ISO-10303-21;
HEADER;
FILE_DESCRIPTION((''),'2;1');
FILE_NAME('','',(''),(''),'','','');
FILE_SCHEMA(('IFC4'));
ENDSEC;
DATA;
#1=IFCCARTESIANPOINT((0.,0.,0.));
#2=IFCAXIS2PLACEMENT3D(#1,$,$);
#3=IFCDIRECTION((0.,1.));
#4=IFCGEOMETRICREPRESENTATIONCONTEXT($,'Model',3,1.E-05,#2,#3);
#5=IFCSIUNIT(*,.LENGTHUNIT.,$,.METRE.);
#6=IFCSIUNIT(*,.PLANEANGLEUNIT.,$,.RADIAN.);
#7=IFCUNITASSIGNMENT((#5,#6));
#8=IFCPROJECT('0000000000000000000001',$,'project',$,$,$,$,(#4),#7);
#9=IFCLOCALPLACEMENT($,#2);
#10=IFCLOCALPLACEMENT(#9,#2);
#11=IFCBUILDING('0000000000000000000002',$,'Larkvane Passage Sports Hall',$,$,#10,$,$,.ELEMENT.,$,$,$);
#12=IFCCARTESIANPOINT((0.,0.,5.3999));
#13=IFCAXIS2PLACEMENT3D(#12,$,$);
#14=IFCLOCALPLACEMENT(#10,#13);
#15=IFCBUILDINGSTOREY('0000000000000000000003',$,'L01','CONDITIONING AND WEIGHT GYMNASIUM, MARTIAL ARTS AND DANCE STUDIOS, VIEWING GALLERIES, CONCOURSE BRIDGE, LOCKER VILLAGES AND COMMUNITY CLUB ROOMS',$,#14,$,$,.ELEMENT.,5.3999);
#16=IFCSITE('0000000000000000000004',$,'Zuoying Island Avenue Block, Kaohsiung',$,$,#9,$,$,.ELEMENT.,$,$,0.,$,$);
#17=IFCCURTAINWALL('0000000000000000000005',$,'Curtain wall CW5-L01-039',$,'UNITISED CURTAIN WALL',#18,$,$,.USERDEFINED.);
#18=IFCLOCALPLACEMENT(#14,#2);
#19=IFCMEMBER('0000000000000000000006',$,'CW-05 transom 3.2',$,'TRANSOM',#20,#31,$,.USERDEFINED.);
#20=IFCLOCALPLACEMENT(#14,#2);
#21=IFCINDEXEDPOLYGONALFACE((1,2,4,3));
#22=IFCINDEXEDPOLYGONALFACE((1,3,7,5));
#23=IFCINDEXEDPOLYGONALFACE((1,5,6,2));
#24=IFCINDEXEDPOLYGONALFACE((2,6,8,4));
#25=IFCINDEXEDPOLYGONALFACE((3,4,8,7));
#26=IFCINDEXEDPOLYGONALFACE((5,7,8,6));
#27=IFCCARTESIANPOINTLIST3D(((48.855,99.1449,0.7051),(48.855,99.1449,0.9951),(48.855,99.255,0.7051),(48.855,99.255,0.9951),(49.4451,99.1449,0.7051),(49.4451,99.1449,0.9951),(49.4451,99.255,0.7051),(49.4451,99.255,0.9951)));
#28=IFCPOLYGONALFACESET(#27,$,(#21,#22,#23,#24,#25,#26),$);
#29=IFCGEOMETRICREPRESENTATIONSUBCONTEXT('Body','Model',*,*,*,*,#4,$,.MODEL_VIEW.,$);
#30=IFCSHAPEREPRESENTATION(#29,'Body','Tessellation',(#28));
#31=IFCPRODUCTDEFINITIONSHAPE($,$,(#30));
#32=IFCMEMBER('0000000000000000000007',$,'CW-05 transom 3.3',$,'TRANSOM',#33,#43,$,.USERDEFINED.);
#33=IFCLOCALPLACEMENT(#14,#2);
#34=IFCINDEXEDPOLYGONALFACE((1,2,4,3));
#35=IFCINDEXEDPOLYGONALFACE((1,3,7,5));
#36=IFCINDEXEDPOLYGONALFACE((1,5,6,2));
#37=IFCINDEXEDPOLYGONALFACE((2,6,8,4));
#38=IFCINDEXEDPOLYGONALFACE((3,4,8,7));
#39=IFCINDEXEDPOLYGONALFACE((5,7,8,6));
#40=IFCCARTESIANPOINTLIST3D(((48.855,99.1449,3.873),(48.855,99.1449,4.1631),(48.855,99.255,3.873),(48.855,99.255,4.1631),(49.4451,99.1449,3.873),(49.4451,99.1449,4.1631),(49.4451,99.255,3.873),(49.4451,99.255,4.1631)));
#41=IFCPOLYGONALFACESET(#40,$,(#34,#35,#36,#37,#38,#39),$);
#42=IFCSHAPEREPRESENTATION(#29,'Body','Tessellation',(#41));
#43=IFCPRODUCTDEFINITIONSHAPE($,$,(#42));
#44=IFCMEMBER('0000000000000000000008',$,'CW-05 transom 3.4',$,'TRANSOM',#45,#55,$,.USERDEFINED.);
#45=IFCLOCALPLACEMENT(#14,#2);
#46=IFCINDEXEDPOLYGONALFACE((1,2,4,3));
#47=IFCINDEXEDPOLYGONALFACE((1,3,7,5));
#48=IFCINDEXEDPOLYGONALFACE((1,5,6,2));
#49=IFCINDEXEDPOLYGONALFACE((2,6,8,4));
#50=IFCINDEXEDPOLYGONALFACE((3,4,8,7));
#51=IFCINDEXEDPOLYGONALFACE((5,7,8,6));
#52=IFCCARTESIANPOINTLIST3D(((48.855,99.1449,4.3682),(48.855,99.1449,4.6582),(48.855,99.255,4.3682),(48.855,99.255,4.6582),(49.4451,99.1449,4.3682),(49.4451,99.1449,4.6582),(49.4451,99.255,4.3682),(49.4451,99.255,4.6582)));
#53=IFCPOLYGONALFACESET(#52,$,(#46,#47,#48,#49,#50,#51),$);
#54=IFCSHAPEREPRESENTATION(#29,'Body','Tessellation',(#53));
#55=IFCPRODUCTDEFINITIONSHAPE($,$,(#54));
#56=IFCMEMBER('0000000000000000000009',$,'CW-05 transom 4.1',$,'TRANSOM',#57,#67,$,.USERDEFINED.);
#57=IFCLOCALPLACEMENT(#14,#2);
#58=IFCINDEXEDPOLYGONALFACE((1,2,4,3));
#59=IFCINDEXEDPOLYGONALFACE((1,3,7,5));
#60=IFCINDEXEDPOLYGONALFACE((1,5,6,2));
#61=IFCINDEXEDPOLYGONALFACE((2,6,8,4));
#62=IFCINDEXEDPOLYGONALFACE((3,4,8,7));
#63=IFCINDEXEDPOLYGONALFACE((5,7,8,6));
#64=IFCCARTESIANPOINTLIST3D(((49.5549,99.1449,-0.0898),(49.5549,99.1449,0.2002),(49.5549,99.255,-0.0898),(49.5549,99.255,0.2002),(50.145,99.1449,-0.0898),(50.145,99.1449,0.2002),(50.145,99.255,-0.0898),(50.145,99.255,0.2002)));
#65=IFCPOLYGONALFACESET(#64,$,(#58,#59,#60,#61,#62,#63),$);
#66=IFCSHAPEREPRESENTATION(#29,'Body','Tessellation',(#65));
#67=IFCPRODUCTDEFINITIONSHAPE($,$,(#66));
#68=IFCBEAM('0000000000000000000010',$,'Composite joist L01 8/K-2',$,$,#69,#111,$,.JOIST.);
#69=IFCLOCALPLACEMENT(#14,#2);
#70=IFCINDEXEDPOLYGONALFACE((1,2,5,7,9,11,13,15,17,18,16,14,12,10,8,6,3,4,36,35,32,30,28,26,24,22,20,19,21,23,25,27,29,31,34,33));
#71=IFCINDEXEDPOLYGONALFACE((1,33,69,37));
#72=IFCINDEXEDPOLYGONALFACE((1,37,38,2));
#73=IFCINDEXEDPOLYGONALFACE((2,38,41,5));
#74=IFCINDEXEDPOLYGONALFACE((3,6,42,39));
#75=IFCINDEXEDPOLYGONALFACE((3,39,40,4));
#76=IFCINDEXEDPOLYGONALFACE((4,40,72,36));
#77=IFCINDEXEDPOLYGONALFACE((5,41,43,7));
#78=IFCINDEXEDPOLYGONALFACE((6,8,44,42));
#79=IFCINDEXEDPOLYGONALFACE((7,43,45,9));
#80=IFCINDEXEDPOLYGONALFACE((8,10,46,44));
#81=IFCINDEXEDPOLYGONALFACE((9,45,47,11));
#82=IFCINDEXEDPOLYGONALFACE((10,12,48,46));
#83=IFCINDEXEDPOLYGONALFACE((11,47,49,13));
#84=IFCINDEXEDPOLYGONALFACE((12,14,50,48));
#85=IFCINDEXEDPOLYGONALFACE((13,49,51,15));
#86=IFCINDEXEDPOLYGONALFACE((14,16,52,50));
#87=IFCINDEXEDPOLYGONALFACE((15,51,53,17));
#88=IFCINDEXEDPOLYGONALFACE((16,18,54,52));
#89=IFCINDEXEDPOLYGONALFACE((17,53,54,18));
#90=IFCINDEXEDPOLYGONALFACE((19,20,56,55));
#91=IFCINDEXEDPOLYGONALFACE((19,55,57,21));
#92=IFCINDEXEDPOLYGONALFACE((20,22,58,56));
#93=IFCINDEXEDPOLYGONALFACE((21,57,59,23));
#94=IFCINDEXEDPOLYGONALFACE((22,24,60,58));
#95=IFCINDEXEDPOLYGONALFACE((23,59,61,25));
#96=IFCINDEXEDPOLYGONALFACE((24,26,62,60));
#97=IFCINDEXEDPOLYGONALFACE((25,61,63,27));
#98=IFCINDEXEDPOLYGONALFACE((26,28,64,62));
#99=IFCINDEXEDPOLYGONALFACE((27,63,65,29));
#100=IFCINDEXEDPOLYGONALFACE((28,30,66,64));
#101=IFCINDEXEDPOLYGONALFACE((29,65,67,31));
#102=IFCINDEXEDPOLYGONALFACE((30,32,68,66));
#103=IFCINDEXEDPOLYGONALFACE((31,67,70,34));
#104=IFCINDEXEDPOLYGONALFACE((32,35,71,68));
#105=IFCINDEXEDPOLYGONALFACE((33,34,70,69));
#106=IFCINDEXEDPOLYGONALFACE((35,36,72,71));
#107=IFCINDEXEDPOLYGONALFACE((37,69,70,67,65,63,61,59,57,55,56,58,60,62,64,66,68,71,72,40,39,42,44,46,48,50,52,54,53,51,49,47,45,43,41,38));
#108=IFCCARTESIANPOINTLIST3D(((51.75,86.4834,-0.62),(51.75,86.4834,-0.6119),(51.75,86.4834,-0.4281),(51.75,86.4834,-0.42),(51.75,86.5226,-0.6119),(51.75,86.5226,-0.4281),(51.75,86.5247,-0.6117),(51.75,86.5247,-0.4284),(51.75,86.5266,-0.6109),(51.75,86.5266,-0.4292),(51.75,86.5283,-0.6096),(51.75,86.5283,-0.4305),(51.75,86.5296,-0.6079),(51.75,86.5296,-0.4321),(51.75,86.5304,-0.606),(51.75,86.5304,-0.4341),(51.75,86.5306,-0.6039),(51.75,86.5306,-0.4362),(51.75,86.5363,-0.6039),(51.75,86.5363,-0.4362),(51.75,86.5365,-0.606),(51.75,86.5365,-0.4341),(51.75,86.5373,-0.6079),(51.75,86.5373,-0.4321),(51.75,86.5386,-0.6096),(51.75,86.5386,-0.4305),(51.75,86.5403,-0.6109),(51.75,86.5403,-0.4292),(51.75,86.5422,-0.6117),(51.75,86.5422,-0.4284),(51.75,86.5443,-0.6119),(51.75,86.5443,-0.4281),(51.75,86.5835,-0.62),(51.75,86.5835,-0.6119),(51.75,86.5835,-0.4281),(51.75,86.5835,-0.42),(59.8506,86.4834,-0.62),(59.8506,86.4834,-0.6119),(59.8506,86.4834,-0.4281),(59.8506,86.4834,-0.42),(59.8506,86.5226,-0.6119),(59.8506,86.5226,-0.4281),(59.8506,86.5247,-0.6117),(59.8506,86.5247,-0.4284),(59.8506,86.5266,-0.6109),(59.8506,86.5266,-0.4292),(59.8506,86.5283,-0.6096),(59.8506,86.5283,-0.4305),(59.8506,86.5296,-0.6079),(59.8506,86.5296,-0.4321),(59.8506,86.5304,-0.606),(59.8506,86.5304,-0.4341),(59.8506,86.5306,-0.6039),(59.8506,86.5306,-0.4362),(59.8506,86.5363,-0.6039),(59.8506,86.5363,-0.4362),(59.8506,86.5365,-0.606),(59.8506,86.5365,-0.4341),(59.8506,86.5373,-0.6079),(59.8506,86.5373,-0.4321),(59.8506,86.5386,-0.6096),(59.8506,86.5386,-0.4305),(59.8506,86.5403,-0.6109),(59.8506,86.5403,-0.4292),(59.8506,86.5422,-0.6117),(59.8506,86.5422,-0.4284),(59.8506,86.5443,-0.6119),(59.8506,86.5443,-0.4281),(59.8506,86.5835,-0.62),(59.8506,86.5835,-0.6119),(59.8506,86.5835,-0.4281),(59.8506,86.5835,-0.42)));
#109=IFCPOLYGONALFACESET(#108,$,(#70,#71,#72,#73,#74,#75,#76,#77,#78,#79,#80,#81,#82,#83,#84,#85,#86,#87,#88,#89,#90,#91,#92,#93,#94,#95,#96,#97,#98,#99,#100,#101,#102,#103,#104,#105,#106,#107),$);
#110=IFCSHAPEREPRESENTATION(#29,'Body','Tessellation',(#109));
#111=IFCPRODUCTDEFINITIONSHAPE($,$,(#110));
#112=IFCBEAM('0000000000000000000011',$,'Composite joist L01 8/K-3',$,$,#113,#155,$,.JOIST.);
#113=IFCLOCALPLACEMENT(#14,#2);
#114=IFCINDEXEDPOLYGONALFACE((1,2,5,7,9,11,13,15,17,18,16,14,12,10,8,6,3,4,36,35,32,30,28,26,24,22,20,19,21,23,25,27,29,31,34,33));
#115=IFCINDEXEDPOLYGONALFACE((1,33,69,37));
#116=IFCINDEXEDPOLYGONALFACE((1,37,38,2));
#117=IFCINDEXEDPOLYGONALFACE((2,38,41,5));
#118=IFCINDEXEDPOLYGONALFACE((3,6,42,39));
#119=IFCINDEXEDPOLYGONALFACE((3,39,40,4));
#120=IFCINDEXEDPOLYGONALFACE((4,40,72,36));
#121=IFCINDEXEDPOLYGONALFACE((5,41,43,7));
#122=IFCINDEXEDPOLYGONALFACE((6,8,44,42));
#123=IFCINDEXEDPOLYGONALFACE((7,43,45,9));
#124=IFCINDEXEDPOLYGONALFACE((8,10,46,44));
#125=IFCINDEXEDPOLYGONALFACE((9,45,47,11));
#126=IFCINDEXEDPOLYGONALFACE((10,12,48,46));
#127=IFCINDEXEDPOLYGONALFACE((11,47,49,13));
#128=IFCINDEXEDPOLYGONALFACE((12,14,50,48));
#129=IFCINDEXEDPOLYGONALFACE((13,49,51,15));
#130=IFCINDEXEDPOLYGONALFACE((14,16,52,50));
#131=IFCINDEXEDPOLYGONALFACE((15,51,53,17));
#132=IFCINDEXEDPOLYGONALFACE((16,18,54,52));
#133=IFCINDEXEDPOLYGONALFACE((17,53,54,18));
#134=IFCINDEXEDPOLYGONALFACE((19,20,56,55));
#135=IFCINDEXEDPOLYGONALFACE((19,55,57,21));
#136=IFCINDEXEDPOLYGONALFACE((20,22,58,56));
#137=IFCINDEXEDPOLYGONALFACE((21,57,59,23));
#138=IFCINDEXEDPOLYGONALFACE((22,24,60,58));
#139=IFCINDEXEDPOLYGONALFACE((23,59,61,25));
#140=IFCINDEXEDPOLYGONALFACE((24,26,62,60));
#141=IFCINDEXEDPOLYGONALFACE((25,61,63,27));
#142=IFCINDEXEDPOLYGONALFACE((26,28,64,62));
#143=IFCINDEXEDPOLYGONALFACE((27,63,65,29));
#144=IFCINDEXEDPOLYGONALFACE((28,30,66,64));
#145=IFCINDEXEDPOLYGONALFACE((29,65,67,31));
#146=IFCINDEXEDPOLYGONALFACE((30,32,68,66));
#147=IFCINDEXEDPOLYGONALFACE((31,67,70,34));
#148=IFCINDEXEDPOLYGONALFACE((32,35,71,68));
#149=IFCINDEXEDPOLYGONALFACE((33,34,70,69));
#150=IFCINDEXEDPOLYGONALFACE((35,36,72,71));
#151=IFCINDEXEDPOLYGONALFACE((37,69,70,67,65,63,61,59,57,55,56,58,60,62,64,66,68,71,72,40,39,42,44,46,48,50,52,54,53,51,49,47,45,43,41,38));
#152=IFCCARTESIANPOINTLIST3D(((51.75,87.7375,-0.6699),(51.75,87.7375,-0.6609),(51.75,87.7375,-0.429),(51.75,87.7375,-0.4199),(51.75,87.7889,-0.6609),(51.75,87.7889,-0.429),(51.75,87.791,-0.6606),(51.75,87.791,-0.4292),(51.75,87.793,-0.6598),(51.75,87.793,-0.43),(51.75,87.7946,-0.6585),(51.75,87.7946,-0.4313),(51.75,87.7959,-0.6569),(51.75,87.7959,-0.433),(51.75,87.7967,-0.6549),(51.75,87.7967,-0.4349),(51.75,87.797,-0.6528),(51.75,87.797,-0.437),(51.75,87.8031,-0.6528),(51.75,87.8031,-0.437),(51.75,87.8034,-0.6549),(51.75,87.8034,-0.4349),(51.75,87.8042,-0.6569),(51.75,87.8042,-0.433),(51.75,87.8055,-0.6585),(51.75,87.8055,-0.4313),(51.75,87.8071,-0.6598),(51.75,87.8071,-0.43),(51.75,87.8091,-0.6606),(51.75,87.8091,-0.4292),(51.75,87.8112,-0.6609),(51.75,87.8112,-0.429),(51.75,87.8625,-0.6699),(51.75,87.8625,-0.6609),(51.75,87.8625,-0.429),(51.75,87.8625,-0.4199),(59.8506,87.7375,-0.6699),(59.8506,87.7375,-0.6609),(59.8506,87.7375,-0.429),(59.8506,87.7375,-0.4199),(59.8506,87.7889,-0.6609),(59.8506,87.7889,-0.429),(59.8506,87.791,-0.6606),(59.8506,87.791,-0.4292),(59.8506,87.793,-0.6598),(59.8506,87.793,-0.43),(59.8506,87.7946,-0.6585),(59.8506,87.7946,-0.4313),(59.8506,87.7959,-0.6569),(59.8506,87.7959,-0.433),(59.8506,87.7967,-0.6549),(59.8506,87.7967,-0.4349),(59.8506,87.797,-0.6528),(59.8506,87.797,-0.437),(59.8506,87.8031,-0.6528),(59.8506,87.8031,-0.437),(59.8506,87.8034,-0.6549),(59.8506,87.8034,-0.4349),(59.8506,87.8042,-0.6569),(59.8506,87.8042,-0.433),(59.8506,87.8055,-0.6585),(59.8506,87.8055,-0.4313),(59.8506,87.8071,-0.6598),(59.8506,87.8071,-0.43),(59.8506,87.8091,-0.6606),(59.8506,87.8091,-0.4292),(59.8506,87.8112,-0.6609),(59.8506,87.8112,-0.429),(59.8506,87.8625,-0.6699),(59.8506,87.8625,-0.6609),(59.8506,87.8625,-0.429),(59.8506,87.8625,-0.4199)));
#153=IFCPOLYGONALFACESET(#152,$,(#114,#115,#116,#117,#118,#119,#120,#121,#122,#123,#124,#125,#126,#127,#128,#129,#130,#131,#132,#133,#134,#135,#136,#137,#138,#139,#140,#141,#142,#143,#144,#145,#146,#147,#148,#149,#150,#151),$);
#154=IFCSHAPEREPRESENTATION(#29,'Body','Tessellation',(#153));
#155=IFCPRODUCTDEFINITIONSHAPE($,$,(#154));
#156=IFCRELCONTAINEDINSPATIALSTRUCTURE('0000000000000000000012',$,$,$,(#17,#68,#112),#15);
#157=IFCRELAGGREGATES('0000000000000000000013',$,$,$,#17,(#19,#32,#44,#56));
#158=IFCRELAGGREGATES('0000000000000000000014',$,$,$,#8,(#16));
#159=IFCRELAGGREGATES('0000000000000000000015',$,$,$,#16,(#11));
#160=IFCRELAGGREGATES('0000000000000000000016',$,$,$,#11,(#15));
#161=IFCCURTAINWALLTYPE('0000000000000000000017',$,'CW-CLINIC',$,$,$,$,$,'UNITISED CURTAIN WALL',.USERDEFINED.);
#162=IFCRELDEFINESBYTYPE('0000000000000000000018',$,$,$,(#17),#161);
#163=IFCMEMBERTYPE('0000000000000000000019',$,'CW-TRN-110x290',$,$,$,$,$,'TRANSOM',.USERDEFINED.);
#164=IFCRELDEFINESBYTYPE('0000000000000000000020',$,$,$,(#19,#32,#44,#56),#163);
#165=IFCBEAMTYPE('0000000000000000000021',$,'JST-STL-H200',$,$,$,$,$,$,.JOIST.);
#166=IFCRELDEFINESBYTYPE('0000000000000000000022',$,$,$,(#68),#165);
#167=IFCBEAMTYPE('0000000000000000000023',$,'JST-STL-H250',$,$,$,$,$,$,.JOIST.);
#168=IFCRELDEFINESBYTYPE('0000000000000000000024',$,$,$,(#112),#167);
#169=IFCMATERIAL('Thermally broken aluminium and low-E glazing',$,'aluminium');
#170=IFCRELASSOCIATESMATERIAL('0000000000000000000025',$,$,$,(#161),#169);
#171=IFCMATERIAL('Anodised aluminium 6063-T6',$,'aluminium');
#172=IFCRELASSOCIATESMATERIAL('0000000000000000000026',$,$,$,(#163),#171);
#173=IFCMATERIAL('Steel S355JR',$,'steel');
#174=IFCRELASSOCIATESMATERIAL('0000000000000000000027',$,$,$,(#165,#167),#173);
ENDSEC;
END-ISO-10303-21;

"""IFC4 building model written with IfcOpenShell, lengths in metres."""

from ifc_helpers import new_model, si_unit, direction, frame, origin, origin_2d, place, context, subcontext, project, spatial, rectangle, i_section, extrude, material, material_profile, profile_set, type_object, element, aggregate, save


model = new_model("IFC4")

# Units and contexts
model_context = context("Model", 3, precision=1e-05, world=origin(), true_north=direction((0.0, 1.0)))
body_context = subcontext(model_context, "Body", "Model", "MODEL_VIEW")
ifc_project = project(units=[si_unit("LENGTHUNIT", "METRE"), si_unit("PLANEANGLEUNIT", "RADIAN")], contexts=[model_context])

# Site, building, storey
site_placement = place(None, origin())
site = spatial("IfcSite", under=ifc_project, at=site_placement, Name="Zuoying Island Avenue Block, Kaohsiung", CompositionType="ELEMENT", RefElevation=0.0)
building_placement = place(site_placement, origin())
building = spatial("IfcBuilding", under=site, at=building_placement, Name="Larkvane Passage Sports Hall", CompositionType="ELEMENT")
storey_placement = place(building_placement, frame((0.0, 0.0, 5.3999)))
storey = spatial("IfcBuildingStorey", under=building, at=storey_placement, Name="L01", Description="CONDITIONING AND WEIGHT GYMNASIUM, MARTIAL ARTS AND DANCE STUDIOS, VIEWING GALLERIES, CONCOURSE BRIDGE, LOCKER VILLAGES AND COMMUNITY CLUB ROOMS", CompositionType="ELEMENT", Elevation=5.3999)

# Curtain wall, members
ifc_material_1 = material(Name="Thermally broken aluminium and low-E glazing", Category="aluminium")
curtain_wall_type = type_object("IfcCurtainWallType", Name="CW-CLINIC", ElementType="UNITISED CURTAIN WALL", PredefinedType="USERDEFINED", material=ifc_material_1)
curtain_wall_placement = place(storey_placement, origin())
curtain_wall = element("IfcCurtainWall", 1, at=curtain_wall_placement, inside=storey, type_object=curtain_wall_type, Name="Curtain wall CW5-L01-039", ObjectType="UNITISED CURTAIN WALL", PredefinedType="USERDEFINED")
ifc_material_2 = material(Name="Anodised aluminium 6063-T6", Category="aluminium")
ifc_material_profile_1 = material_profile(ifc_material_2, rectangle(XDim=0.1101, YDim=0.29, at=origin_2d()), Name="ALU-TRN-110x290")
ifc_profile_set_1 = profile_set([ifc_material_profile_1], Name="Anodised aluminium 6063-T6")
member_type_1 = type_object("IfcMemberType", Name="CW-TRN-110x290", ElementType="TRANSOM", PredefinedType="USERDEFINED", material=ifc_profile_set_1)
member_1_placement = place(storey_placement, frame((48.855, 99.2, 0.8501), z_axis=(1.0, 0.0, 0.0), x_axis=(0.0, 1.0, 0.0)))
member_1 = element("IfcMember", 2, at=member_1_placement, type_object=member_type_1, Name="CW-05 transom 3.2", ObjectType="TRANSOM", PredefinedType="USERDEFINED", context=body_context, shape_type="SweptSolid", body=[
    extrude(rectangle(XDim=0.1101, YDim=0.29, at=origin_2d()), origin(), (0.0, 0.0, 1.0), 0.5901),
])
member_2_placement = place(storey_placement, frame((48.855, 99.2, 4.0181), z_axis=(1.0, 0.0, 0.0), x_axis=(0.0, 1.0, 0.0)))
member_2 = element("IfcMember", 3, at=member_2_placement, type_object=member_type_1, Name="CW-05 transom 3.3", ObjectType="TRANSOM", PredefinedType="USERDEFINED", context=body_context, shape_type="SweptSolid", body=[
    extrude(rectangle(XDim=0.1101, YDim=0.29, at=origin_2d()), origin(), (0.0, 0.0, 1.0), 0.5901),
])
member_3_placement = place(storey_placement, frame((48.855, 99.2, 4.5132), z_axis=(1.0, 0.0, 0.0), x_axis=(0.0, 1.0, 0.0)))
member_3 = element("IfcMember", 4, at=member_3_placement, type_object=member_type_1, Name="CW-05 transom 3.4", ObjectType="TRANSOM", PredefinedType="USERDEFINED", context=body_context, shape_type="SweptSolid", body=[
    extrude(rectangle(XDim=0.1101, YDim=0.29, at=origin_2d()), origin(), (0.0, 0.0, 1.0), 0.5901),
])
member_4_placement = place(storey_placement, frame((49.5549, 99.2, 0.0552), z_axis=(1.0, 0.0, 0.0), x_axis=(0.0, 1.0, 0.0)))
member_4 = element("IfcMember", 5, at=member_4_placement, type_object=member_type_1, Name="CW-05 transom 4.1", ObjectType="TRANSOM", PredefinedType="USERDEFINED", context=body_context, shape_type="SweptSolid", body=[
    extrude(rectangle(XDim=0.1101, YDim=0.29, at=origin_2d()), origin(), (0.0, 0.0, 1.0), 0.5901),
])

# Beams
ifc_material_3 = material(Name="Steel S355JR", Category="steel")
ifc_material_profile_2 = material_profile(ifc_material_3, i_section(OverallWidth=0.1001, OverallDepth=0.2, WebThickness=0.0056, FlangeThickness=0.0081, FilletRadius=0.0081, at=origin_2d()), Name="H-200x100x5.5x8")
ifc_profile_set_2 = profile_set([ifc_material_profile_2], Name="Steel S355JR")
beam_type_1 = type_object("IfcBeamType", Name="JST-STL-H200", PredefinedType="JOIST", material=ifc_profile_set_2)
beam_1_placement = place(storey_placement, frame((51.75, 86.5334, -0.52), z_axis=(1.0, 0.0, 0.0), x_axis=(0.0, 1.0, 0.0)))
element("IfcBeam", 6, at=beam_1_placement, inside=storey, type_object=beam_type_1, Name="Composite joist L01 8/K-2", PredefinedType="JOIST", context=body_context, shape_type="SweptSolid", body=[
    extrude(i_section(OverallWidth=0.1001, OverallDepth=0.2, WebThickness=0.0056, FlangeThickness=0.0081, FilletRadius=0.0081, at=origin_2d()), origin(), (0.0, 0.0, 1.0), 8.1006),
])
ifc_material_profile_3 = material_profile(ifc_material_3, i_section(OverallWidth=0.125, OverallDepth=0.25, WebThickness=0.0061, FlangeThickness=0.009, FilletRadius=0.0081, at=origin_2d()), Name="H-250x125x6x9")
ifc_profile_set_3 = profile_set([ifc_material_profile_3], Name="Steel S355JR")
beam_type_2 = type_object("IfcBeamType", Name="JST-STL-H250", PredefinedType="JOIST", material=ifc_profile_set_3)
beam_2_placement = place(storey_placement, frame((51.75, 87.8, -0.5449), z_axis=(1.0, 0.0, 0.0), x_axis=(0.0, 1.0, 0.0)))
element("IfcBeam", 7, at=beam_2_placement, inside=storey, type_object=beam_type_2, Name="Composite joist L01 8/K-3", PredefinedType="JOIST", context=body_context, shape_type="SweptSolid", body=[
    extrude(i_section(OverallWidth=0.125, OverallDepth=0.25, WebThickness=0.0061, FlangeThickness=0.009, FilletRadius=0.0081, at=origin_2d()), origin(), (0.0, 0.0, 1.0), 8.1006),
])

aggregate(curtain_wall, [member_1, member_2, member_3, member_4])

save(model, "model.ifc")
